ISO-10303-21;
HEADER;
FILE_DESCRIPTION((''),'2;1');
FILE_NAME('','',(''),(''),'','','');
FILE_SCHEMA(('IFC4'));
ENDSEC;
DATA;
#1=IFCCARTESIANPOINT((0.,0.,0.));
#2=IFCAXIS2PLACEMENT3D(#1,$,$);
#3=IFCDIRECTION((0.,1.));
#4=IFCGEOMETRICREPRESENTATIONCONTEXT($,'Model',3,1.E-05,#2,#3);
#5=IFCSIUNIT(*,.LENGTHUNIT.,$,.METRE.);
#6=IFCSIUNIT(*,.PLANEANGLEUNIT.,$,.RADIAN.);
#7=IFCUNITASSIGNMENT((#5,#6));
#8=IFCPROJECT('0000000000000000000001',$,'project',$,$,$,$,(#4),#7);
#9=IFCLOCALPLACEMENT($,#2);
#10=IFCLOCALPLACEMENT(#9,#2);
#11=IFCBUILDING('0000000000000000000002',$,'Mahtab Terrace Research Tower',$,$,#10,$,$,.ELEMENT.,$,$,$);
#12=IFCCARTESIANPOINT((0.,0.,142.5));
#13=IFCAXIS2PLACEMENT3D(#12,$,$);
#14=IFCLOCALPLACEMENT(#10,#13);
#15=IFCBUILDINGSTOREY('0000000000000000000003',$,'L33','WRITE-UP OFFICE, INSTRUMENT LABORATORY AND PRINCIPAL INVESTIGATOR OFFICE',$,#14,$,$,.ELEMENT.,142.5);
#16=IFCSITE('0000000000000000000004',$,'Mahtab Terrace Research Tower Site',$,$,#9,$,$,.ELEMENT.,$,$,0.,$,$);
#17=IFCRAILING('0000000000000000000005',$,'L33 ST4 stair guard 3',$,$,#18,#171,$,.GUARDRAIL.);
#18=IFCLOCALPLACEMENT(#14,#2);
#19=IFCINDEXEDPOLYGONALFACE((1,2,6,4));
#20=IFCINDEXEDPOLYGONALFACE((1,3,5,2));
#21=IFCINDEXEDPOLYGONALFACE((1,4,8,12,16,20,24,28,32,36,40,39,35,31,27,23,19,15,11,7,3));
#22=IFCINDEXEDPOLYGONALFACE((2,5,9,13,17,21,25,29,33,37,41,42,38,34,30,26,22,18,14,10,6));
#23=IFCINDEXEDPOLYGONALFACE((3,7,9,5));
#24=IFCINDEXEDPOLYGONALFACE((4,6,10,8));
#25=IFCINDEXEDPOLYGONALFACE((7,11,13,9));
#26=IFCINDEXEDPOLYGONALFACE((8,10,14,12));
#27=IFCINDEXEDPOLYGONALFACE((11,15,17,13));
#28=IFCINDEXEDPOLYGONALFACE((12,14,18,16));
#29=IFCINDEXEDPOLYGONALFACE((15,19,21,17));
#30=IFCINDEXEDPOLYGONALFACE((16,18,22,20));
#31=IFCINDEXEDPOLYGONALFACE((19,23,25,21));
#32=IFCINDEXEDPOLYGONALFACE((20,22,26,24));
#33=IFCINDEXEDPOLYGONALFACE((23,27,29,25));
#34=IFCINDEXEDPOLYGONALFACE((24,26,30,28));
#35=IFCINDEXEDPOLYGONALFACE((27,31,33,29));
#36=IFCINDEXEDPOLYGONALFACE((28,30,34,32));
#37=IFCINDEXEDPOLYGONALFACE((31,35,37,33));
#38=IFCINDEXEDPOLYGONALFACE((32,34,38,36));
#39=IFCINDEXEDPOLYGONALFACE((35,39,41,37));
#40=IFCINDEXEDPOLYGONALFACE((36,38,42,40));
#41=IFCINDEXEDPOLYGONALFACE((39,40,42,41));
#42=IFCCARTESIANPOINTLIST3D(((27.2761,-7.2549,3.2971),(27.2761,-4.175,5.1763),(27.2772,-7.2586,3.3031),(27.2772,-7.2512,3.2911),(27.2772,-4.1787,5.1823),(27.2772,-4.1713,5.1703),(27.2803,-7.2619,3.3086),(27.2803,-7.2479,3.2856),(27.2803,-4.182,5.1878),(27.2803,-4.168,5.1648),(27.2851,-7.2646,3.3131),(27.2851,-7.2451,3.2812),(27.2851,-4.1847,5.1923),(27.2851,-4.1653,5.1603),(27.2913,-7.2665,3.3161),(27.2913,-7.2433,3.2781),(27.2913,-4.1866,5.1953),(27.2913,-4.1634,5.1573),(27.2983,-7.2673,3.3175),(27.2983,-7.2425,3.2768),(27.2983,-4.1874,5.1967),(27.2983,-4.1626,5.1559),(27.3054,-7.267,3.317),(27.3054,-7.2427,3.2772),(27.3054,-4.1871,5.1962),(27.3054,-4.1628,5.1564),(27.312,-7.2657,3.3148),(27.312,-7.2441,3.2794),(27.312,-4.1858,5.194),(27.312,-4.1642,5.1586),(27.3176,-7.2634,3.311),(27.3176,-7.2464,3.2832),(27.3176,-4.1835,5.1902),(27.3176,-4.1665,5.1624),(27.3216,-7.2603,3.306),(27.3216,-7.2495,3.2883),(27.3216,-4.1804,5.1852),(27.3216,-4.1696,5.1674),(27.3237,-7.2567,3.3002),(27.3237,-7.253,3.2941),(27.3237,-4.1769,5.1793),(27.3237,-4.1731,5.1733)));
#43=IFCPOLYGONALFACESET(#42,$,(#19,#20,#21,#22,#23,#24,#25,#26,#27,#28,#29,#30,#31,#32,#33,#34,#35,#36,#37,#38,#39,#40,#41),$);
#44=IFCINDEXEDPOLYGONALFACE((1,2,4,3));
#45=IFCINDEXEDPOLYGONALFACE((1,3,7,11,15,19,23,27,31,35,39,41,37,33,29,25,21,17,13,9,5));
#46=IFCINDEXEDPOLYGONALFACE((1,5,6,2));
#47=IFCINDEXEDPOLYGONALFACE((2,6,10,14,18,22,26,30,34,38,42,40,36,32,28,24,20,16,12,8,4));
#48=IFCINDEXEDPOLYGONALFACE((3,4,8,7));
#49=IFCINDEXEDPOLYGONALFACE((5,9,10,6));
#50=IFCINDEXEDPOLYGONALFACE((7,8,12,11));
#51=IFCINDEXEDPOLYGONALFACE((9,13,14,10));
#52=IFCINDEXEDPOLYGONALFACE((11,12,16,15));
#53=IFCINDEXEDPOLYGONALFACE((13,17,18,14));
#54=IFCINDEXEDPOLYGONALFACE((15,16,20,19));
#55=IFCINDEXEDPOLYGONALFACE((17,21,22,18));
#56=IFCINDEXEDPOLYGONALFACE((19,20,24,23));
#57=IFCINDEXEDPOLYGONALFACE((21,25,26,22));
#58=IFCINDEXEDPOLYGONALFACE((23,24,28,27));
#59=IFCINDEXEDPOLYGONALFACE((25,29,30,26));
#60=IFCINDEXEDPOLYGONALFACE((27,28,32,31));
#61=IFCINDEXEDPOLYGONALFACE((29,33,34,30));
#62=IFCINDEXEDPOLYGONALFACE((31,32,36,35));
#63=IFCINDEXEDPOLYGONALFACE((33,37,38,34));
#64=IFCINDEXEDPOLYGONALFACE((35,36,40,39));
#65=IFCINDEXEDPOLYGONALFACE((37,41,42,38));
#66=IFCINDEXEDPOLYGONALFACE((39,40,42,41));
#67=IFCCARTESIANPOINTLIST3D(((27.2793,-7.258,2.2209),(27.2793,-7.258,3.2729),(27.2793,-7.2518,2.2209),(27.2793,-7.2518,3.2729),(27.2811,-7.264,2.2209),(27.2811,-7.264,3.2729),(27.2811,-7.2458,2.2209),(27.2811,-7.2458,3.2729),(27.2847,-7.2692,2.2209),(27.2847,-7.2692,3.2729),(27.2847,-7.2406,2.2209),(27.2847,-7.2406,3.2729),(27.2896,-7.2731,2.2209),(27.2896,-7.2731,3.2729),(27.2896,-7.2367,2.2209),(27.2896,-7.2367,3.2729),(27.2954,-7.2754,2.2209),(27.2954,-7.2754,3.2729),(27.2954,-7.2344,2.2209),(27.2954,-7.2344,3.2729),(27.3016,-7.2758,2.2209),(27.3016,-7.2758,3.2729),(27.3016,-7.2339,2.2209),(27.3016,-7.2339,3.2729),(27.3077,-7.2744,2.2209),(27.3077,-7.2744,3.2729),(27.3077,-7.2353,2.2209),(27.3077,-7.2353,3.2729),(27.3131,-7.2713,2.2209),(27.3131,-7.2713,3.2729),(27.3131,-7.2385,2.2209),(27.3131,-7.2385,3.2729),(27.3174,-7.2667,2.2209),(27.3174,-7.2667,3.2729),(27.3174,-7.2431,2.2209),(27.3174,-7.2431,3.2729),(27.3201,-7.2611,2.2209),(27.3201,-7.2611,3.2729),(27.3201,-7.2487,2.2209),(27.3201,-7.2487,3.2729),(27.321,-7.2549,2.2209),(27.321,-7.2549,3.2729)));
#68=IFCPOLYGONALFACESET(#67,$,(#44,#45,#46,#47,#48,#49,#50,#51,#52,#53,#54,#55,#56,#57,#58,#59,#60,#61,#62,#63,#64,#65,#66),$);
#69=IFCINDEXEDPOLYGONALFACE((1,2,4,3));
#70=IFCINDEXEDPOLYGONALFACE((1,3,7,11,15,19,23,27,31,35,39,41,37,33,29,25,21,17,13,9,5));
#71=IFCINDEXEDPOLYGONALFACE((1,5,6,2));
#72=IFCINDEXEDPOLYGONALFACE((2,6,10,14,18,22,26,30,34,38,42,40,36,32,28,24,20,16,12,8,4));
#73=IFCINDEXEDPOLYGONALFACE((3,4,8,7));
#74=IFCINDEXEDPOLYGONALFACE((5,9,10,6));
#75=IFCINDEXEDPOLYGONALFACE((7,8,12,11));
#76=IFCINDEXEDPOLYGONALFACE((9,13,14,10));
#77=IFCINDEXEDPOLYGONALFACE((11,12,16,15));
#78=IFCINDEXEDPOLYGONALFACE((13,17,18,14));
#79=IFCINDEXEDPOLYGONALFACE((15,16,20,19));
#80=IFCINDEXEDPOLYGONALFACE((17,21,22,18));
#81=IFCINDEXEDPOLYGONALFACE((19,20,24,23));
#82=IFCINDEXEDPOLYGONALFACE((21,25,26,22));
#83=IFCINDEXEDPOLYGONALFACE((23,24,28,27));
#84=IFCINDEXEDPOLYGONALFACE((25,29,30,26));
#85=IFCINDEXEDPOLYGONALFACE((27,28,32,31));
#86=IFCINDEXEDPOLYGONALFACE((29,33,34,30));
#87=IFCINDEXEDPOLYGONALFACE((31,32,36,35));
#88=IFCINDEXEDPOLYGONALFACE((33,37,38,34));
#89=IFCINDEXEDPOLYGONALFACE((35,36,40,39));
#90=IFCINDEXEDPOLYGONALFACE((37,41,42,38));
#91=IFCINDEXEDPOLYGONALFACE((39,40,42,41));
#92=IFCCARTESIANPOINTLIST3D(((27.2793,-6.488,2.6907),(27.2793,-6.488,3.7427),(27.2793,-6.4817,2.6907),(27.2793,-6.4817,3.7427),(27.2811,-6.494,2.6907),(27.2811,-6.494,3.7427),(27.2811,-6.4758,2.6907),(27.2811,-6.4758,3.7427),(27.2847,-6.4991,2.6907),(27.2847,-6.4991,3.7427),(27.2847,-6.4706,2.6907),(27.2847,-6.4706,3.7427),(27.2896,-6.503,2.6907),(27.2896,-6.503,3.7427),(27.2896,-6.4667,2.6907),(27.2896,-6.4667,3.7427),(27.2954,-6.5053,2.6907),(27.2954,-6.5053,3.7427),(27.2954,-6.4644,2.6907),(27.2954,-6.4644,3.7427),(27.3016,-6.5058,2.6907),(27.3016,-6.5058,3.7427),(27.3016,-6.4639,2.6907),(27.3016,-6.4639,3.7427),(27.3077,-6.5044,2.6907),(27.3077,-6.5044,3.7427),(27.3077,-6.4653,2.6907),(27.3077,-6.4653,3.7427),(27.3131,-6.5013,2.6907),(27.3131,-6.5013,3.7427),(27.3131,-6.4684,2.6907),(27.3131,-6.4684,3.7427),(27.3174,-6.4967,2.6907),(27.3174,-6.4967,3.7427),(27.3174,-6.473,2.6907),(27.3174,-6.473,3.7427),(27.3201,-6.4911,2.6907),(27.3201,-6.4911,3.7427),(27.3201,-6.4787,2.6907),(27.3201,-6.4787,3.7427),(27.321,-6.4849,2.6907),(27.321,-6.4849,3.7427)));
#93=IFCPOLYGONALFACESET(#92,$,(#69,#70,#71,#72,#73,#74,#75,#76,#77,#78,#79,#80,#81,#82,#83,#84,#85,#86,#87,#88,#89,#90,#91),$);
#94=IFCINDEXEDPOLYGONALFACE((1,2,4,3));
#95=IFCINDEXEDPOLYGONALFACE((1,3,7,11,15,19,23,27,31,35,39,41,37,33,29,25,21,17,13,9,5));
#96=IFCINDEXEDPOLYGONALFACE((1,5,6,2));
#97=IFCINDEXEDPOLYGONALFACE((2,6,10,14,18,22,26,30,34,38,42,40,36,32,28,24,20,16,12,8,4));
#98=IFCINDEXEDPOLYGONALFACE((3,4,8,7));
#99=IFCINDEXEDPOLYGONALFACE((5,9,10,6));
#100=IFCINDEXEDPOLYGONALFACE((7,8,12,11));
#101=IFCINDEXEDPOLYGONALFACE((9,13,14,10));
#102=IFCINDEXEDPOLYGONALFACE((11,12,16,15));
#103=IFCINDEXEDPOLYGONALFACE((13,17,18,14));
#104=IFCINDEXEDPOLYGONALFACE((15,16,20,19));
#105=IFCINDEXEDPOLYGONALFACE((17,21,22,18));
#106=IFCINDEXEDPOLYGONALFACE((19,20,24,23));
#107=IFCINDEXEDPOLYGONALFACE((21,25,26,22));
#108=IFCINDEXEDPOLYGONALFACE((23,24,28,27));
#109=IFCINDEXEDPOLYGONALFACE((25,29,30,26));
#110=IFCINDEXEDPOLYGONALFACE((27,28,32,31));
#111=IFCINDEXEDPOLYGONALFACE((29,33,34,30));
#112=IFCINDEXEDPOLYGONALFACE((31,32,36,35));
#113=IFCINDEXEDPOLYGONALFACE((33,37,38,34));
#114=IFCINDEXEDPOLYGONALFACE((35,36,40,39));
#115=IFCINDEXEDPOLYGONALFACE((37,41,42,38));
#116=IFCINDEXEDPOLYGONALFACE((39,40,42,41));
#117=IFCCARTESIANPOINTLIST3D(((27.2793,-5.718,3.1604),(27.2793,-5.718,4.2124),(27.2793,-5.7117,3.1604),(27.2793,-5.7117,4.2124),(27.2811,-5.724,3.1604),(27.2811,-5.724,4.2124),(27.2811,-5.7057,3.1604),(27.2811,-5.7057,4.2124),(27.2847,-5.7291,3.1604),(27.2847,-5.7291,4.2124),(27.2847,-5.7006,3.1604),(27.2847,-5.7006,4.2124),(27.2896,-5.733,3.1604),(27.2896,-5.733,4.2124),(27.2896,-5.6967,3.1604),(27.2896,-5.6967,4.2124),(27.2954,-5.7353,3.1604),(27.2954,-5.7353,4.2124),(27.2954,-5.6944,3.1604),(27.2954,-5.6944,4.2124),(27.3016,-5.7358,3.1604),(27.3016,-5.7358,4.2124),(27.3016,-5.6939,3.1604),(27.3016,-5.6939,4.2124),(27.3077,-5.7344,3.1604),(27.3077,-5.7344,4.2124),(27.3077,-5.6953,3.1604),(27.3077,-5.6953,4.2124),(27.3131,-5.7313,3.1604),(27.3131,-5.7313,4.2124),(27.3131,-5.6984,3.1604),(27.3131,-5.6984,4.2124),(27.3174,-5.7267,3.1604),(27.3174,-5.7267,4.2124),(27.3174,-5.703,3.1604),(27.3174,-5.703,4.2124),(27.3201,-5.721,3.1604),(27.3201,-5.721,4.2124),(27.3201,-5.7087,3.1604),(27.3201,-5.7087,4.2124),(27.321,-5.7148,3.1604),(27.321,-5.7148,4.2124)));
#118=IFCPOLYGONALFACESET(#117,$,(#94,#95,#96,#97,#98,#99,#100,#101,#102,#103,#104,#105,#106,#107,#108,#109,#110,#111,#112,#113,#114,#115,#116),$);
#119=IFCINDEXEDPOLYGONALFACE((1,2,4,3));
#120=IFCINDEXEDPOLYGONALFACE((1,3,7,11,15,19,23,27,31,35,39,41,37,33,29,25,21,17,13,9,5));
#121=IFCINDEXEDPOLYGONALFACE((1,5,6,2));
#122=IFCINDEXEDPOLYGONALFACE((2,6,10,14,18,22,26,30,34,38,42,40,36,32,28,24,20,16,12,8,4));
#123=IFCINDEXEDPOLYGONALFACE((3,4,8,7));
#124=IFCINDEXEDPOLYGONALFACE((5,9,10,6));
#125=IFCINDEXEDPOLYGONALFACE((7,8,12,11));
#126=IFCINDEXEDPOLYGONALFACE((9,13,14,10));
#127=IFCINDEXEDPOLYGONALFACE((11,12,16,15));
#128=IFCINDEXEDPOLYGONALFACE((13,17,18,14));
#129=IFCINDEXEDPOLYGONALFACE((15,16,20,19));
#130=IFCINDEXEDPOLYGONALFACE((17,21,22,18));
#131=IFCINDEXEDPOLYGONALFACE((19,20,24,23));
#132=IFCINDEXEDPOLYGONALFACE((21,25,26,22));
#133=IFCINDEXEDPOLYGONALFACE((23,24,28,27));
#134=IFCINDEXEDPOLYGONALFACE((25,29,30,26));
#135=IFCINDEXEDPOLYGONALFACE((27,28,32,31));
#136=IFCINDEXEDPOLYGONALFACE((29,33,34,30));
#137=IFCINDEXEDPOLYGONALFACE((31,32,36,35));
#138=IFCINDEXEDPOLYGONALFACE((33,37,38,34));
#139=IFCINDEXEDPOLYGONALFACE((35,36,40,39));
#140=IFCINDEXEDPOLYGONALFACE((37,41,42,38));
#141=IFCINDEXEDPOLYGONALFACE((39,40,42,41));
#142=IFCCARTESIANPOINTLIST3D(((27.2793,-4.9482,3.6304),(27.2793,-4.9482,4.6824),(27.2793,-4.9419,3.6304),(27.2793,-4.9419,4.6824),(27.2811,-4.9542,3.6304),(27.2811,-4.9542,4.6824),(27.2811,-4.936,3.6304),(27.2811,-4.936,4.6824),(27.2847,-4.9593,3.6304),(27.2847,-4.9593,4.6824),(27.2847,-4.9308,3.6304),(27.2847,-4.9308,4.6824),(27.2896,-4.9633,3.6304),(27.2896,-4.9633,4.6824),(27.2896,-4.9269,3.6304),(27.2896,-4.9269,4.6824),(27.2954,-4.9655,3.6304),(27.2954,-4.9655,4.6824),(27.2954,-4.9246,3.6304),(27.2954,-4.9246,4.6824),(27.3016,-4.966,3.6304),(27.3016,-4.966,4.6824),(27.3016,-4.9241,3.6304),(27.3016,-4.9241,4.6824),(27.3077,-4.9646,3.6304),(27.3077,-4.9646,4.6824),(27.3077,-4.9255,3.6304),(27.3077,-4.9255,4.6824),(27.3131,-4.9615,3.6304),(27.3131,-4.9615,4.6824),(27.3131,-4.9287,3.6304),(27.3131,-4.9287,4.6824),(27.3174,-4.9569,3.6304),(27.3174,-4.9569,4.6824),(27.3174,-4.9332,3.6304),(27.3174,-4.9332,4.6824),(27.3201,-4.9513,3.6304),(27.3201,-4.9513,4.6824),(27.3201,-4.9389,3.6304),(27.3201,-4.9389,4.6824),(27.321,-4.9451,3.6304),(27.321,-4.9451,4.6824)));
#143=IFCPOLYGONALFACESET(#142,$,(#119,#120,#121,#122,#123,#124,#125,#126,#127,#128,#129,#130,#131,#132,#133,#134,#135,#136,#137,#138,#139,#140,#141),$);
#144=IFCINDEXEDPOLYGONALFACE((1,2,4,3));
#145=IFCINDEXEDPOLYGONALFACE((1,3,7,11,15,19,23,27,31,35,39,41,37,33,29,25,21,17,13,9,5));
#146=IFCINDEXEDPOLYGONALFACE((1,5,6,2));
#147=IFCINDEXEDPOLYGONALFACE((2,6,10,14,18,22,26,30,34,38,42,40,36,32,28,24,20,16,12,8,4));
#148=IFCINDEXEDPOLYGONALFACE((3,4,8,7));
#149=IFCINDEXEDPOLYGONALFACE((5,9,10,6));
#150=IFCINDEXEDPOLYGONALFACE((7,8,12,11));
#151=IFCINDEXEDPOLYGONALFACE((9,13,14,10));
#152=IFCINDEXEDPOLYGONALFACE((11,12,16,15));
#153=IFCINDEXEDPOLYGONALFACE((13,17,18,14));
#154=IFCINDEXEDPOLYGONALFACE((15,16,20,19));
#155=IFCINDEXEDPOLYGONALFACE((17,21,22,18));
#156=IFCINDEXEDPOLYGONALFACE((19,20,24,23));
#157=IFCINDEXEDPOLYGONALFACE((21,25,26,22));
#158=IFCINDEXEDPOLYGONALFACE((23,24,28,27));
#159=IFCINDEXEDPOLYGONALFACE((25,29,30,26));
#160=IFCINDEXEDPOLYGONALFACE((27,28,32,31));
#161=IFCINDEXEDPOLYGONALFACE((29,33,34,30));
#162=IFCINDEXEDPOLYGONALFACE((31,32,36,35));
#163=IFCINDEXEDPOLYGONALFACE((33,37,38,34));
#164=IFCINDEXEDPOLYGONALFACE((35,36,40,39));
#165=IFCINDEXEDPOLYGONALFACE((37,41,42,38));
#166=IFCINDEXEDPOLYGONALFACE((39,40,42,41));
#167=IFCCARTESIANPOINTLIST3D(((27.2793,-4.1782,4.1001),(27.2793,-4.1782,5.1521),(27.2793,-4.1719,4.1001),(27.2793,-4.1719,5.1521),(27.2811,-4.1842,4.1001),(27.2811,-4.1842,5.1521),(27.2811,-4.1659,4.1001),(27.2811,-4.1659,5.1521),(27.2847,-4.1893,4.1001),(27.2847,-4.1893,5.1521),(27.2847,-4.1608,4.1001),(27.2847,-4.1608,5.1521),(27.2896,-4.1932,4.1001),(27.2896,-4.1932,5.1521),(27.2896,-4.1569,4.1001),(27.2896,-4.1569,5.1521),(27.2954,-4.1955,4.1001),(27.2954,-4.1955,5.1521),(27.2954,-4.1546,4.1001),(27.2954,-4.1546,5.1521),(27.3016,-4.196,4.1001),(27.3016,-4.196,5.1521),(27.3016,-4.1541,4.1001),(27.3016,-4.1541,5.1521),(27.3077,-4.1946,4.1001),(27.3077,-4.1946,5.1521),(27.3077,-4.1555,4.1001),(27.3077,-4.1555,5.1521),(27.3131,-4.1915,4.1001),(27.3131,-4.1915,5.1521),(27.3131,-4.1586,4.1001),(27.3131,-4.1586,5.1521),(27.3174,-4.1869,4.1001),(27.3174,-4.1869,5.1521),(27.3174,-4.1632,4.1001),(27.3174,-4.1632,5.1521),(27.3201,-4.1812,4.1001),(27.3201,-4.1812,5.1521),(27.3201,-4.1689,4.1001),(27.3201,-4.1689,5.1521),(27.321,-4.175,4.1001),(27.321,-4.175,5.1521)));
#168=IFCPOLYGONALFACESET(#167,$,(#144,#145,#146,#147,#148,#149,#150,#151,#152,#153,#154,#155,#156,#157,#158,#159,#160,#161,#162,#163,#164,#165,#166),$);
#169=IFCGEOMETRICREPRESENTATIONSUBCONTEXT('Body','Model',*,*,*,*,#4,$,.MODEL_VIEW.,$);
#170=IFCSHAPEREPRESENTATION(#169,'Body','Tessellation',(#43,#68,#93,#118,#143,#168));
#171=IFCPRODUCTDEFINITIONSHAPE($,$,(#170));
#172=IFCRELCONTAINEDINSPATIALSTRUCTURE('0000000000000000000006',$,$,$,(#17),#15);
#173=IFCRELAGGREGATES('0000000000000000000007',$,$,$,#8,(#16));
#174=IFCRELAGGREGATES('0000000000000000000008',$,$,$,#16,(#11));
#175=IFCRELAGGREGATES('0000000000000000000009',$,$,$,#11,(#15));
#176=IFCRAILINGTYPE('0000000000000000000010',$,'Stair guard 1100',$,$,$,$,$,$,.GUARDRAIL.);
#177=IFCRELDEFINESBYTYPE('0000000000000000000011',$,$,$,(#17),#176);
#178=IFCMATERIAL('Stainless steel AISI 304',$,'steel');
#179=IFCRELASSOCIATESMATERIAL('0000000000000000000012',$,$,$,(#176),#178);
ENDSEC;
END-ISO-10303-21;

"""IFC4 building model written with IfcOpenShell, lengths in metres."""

from ifc_helpers import new_model, si_unit, direction, frame, origin, origin_2d, place, context, subcontext, project, spatial, circle, extrude, material, type_object, element, save


model = new_model("IFC4")

# Units and contexts
model_context = context("Model", 3, precision=1e-05, world=origin(), true_north=direction((0.0, 1.0)))
body_context = subcontext(model_context, "Body", "Model", "MODEL_VIEW")
ifc_project = project(units=[si_unit("LENGTHUNIT", "METRE"), si_unit("PLANEANGLEUNIT", "RADIAN")], contexts=[model_context])

# Site, building, storey
site_placement = place(None, origin())
site = spatial("IfcSite", under=ifc_project, at=site_placement, Name="Mahtab Terrace Research Tower Site", CompositionType="ELEMENT", RefElevation=0.0)
building_placement = place(site_placement, origin())
building = spatial("IfcBuilding", under=site, at=building_placement, Name="Mahtab Terrace Research Tower", CompositionType="ELEMENT")
storey_placement = place(building_placement, frame((0.0, 0.0, 142.5)))
storey = spatial("IfcBuildingStorey", under=building, at=storey_placement, Name="L33", Description="WRITE-UP OFFICE, INSTRUMENT LABORATORY AND PRINCIPAL INVESTIGATOR OFFICE", CompositionType="ELEMENT", Elevation=142.5)

# Railing
ifc_material_1 = material(Name="Stainless steel AISI 304", Category="steel")
railing_type_1 = type_object("IfcRailingType", Name="Stair guard 1100", PredefinedType="GUARDRAIL", material=ifc_material_1)
railing_1_placement = place(storey_placement, frame((27.3, -7.2549, 2.2209)))
element("IfcRailing", 1, at=railing_1_placement, inside=storey, type_object=railing_type_1, Name="L33 ST4 stair guard 3", PredefinedType="GUARDRAIL", context=body_context, shape_type="SweptSolid", body=[
    extrude(circle(Radius=0.0239, at=origin_2d()), frame((0.0, 0.0, 1.0762), z_axis=(0.0, 0.853648, 0.52085), x_axis=(-1.0, 0.0, 0.0)), (0.0, 0.0, 1.0), 3.6079),
    extrude(circle(Radius=0.021, at=origin_2d()), origin(), (0.0, 0.0, 1.0), 1.052),
    extrude(circle(Radius=0.021, at=origin_2d()), frame((0.0, 0.77, 0.4697)), (0.0, 0.0, 1.0), 1.052),
    extrude(circle(Radius=0.021, at=origin_2d()), frame((0.0, 1.54, 0.9395)), (0.0, 0.0, 1.0), 1.052),
    extrude(circle(Radius=0.021, at=origin_2d()), frame((0.0, 2.3098, 1.4094)), (0.0, 0.0, 1.0), 1.052),
    extrude(circle(Radius=0.021, at=origin_2d()), frame((0.0, 3.0798, 1.8792)), (0.0, 0.0, 1.0), 1.052),
])

save(model, "model.ifc")
